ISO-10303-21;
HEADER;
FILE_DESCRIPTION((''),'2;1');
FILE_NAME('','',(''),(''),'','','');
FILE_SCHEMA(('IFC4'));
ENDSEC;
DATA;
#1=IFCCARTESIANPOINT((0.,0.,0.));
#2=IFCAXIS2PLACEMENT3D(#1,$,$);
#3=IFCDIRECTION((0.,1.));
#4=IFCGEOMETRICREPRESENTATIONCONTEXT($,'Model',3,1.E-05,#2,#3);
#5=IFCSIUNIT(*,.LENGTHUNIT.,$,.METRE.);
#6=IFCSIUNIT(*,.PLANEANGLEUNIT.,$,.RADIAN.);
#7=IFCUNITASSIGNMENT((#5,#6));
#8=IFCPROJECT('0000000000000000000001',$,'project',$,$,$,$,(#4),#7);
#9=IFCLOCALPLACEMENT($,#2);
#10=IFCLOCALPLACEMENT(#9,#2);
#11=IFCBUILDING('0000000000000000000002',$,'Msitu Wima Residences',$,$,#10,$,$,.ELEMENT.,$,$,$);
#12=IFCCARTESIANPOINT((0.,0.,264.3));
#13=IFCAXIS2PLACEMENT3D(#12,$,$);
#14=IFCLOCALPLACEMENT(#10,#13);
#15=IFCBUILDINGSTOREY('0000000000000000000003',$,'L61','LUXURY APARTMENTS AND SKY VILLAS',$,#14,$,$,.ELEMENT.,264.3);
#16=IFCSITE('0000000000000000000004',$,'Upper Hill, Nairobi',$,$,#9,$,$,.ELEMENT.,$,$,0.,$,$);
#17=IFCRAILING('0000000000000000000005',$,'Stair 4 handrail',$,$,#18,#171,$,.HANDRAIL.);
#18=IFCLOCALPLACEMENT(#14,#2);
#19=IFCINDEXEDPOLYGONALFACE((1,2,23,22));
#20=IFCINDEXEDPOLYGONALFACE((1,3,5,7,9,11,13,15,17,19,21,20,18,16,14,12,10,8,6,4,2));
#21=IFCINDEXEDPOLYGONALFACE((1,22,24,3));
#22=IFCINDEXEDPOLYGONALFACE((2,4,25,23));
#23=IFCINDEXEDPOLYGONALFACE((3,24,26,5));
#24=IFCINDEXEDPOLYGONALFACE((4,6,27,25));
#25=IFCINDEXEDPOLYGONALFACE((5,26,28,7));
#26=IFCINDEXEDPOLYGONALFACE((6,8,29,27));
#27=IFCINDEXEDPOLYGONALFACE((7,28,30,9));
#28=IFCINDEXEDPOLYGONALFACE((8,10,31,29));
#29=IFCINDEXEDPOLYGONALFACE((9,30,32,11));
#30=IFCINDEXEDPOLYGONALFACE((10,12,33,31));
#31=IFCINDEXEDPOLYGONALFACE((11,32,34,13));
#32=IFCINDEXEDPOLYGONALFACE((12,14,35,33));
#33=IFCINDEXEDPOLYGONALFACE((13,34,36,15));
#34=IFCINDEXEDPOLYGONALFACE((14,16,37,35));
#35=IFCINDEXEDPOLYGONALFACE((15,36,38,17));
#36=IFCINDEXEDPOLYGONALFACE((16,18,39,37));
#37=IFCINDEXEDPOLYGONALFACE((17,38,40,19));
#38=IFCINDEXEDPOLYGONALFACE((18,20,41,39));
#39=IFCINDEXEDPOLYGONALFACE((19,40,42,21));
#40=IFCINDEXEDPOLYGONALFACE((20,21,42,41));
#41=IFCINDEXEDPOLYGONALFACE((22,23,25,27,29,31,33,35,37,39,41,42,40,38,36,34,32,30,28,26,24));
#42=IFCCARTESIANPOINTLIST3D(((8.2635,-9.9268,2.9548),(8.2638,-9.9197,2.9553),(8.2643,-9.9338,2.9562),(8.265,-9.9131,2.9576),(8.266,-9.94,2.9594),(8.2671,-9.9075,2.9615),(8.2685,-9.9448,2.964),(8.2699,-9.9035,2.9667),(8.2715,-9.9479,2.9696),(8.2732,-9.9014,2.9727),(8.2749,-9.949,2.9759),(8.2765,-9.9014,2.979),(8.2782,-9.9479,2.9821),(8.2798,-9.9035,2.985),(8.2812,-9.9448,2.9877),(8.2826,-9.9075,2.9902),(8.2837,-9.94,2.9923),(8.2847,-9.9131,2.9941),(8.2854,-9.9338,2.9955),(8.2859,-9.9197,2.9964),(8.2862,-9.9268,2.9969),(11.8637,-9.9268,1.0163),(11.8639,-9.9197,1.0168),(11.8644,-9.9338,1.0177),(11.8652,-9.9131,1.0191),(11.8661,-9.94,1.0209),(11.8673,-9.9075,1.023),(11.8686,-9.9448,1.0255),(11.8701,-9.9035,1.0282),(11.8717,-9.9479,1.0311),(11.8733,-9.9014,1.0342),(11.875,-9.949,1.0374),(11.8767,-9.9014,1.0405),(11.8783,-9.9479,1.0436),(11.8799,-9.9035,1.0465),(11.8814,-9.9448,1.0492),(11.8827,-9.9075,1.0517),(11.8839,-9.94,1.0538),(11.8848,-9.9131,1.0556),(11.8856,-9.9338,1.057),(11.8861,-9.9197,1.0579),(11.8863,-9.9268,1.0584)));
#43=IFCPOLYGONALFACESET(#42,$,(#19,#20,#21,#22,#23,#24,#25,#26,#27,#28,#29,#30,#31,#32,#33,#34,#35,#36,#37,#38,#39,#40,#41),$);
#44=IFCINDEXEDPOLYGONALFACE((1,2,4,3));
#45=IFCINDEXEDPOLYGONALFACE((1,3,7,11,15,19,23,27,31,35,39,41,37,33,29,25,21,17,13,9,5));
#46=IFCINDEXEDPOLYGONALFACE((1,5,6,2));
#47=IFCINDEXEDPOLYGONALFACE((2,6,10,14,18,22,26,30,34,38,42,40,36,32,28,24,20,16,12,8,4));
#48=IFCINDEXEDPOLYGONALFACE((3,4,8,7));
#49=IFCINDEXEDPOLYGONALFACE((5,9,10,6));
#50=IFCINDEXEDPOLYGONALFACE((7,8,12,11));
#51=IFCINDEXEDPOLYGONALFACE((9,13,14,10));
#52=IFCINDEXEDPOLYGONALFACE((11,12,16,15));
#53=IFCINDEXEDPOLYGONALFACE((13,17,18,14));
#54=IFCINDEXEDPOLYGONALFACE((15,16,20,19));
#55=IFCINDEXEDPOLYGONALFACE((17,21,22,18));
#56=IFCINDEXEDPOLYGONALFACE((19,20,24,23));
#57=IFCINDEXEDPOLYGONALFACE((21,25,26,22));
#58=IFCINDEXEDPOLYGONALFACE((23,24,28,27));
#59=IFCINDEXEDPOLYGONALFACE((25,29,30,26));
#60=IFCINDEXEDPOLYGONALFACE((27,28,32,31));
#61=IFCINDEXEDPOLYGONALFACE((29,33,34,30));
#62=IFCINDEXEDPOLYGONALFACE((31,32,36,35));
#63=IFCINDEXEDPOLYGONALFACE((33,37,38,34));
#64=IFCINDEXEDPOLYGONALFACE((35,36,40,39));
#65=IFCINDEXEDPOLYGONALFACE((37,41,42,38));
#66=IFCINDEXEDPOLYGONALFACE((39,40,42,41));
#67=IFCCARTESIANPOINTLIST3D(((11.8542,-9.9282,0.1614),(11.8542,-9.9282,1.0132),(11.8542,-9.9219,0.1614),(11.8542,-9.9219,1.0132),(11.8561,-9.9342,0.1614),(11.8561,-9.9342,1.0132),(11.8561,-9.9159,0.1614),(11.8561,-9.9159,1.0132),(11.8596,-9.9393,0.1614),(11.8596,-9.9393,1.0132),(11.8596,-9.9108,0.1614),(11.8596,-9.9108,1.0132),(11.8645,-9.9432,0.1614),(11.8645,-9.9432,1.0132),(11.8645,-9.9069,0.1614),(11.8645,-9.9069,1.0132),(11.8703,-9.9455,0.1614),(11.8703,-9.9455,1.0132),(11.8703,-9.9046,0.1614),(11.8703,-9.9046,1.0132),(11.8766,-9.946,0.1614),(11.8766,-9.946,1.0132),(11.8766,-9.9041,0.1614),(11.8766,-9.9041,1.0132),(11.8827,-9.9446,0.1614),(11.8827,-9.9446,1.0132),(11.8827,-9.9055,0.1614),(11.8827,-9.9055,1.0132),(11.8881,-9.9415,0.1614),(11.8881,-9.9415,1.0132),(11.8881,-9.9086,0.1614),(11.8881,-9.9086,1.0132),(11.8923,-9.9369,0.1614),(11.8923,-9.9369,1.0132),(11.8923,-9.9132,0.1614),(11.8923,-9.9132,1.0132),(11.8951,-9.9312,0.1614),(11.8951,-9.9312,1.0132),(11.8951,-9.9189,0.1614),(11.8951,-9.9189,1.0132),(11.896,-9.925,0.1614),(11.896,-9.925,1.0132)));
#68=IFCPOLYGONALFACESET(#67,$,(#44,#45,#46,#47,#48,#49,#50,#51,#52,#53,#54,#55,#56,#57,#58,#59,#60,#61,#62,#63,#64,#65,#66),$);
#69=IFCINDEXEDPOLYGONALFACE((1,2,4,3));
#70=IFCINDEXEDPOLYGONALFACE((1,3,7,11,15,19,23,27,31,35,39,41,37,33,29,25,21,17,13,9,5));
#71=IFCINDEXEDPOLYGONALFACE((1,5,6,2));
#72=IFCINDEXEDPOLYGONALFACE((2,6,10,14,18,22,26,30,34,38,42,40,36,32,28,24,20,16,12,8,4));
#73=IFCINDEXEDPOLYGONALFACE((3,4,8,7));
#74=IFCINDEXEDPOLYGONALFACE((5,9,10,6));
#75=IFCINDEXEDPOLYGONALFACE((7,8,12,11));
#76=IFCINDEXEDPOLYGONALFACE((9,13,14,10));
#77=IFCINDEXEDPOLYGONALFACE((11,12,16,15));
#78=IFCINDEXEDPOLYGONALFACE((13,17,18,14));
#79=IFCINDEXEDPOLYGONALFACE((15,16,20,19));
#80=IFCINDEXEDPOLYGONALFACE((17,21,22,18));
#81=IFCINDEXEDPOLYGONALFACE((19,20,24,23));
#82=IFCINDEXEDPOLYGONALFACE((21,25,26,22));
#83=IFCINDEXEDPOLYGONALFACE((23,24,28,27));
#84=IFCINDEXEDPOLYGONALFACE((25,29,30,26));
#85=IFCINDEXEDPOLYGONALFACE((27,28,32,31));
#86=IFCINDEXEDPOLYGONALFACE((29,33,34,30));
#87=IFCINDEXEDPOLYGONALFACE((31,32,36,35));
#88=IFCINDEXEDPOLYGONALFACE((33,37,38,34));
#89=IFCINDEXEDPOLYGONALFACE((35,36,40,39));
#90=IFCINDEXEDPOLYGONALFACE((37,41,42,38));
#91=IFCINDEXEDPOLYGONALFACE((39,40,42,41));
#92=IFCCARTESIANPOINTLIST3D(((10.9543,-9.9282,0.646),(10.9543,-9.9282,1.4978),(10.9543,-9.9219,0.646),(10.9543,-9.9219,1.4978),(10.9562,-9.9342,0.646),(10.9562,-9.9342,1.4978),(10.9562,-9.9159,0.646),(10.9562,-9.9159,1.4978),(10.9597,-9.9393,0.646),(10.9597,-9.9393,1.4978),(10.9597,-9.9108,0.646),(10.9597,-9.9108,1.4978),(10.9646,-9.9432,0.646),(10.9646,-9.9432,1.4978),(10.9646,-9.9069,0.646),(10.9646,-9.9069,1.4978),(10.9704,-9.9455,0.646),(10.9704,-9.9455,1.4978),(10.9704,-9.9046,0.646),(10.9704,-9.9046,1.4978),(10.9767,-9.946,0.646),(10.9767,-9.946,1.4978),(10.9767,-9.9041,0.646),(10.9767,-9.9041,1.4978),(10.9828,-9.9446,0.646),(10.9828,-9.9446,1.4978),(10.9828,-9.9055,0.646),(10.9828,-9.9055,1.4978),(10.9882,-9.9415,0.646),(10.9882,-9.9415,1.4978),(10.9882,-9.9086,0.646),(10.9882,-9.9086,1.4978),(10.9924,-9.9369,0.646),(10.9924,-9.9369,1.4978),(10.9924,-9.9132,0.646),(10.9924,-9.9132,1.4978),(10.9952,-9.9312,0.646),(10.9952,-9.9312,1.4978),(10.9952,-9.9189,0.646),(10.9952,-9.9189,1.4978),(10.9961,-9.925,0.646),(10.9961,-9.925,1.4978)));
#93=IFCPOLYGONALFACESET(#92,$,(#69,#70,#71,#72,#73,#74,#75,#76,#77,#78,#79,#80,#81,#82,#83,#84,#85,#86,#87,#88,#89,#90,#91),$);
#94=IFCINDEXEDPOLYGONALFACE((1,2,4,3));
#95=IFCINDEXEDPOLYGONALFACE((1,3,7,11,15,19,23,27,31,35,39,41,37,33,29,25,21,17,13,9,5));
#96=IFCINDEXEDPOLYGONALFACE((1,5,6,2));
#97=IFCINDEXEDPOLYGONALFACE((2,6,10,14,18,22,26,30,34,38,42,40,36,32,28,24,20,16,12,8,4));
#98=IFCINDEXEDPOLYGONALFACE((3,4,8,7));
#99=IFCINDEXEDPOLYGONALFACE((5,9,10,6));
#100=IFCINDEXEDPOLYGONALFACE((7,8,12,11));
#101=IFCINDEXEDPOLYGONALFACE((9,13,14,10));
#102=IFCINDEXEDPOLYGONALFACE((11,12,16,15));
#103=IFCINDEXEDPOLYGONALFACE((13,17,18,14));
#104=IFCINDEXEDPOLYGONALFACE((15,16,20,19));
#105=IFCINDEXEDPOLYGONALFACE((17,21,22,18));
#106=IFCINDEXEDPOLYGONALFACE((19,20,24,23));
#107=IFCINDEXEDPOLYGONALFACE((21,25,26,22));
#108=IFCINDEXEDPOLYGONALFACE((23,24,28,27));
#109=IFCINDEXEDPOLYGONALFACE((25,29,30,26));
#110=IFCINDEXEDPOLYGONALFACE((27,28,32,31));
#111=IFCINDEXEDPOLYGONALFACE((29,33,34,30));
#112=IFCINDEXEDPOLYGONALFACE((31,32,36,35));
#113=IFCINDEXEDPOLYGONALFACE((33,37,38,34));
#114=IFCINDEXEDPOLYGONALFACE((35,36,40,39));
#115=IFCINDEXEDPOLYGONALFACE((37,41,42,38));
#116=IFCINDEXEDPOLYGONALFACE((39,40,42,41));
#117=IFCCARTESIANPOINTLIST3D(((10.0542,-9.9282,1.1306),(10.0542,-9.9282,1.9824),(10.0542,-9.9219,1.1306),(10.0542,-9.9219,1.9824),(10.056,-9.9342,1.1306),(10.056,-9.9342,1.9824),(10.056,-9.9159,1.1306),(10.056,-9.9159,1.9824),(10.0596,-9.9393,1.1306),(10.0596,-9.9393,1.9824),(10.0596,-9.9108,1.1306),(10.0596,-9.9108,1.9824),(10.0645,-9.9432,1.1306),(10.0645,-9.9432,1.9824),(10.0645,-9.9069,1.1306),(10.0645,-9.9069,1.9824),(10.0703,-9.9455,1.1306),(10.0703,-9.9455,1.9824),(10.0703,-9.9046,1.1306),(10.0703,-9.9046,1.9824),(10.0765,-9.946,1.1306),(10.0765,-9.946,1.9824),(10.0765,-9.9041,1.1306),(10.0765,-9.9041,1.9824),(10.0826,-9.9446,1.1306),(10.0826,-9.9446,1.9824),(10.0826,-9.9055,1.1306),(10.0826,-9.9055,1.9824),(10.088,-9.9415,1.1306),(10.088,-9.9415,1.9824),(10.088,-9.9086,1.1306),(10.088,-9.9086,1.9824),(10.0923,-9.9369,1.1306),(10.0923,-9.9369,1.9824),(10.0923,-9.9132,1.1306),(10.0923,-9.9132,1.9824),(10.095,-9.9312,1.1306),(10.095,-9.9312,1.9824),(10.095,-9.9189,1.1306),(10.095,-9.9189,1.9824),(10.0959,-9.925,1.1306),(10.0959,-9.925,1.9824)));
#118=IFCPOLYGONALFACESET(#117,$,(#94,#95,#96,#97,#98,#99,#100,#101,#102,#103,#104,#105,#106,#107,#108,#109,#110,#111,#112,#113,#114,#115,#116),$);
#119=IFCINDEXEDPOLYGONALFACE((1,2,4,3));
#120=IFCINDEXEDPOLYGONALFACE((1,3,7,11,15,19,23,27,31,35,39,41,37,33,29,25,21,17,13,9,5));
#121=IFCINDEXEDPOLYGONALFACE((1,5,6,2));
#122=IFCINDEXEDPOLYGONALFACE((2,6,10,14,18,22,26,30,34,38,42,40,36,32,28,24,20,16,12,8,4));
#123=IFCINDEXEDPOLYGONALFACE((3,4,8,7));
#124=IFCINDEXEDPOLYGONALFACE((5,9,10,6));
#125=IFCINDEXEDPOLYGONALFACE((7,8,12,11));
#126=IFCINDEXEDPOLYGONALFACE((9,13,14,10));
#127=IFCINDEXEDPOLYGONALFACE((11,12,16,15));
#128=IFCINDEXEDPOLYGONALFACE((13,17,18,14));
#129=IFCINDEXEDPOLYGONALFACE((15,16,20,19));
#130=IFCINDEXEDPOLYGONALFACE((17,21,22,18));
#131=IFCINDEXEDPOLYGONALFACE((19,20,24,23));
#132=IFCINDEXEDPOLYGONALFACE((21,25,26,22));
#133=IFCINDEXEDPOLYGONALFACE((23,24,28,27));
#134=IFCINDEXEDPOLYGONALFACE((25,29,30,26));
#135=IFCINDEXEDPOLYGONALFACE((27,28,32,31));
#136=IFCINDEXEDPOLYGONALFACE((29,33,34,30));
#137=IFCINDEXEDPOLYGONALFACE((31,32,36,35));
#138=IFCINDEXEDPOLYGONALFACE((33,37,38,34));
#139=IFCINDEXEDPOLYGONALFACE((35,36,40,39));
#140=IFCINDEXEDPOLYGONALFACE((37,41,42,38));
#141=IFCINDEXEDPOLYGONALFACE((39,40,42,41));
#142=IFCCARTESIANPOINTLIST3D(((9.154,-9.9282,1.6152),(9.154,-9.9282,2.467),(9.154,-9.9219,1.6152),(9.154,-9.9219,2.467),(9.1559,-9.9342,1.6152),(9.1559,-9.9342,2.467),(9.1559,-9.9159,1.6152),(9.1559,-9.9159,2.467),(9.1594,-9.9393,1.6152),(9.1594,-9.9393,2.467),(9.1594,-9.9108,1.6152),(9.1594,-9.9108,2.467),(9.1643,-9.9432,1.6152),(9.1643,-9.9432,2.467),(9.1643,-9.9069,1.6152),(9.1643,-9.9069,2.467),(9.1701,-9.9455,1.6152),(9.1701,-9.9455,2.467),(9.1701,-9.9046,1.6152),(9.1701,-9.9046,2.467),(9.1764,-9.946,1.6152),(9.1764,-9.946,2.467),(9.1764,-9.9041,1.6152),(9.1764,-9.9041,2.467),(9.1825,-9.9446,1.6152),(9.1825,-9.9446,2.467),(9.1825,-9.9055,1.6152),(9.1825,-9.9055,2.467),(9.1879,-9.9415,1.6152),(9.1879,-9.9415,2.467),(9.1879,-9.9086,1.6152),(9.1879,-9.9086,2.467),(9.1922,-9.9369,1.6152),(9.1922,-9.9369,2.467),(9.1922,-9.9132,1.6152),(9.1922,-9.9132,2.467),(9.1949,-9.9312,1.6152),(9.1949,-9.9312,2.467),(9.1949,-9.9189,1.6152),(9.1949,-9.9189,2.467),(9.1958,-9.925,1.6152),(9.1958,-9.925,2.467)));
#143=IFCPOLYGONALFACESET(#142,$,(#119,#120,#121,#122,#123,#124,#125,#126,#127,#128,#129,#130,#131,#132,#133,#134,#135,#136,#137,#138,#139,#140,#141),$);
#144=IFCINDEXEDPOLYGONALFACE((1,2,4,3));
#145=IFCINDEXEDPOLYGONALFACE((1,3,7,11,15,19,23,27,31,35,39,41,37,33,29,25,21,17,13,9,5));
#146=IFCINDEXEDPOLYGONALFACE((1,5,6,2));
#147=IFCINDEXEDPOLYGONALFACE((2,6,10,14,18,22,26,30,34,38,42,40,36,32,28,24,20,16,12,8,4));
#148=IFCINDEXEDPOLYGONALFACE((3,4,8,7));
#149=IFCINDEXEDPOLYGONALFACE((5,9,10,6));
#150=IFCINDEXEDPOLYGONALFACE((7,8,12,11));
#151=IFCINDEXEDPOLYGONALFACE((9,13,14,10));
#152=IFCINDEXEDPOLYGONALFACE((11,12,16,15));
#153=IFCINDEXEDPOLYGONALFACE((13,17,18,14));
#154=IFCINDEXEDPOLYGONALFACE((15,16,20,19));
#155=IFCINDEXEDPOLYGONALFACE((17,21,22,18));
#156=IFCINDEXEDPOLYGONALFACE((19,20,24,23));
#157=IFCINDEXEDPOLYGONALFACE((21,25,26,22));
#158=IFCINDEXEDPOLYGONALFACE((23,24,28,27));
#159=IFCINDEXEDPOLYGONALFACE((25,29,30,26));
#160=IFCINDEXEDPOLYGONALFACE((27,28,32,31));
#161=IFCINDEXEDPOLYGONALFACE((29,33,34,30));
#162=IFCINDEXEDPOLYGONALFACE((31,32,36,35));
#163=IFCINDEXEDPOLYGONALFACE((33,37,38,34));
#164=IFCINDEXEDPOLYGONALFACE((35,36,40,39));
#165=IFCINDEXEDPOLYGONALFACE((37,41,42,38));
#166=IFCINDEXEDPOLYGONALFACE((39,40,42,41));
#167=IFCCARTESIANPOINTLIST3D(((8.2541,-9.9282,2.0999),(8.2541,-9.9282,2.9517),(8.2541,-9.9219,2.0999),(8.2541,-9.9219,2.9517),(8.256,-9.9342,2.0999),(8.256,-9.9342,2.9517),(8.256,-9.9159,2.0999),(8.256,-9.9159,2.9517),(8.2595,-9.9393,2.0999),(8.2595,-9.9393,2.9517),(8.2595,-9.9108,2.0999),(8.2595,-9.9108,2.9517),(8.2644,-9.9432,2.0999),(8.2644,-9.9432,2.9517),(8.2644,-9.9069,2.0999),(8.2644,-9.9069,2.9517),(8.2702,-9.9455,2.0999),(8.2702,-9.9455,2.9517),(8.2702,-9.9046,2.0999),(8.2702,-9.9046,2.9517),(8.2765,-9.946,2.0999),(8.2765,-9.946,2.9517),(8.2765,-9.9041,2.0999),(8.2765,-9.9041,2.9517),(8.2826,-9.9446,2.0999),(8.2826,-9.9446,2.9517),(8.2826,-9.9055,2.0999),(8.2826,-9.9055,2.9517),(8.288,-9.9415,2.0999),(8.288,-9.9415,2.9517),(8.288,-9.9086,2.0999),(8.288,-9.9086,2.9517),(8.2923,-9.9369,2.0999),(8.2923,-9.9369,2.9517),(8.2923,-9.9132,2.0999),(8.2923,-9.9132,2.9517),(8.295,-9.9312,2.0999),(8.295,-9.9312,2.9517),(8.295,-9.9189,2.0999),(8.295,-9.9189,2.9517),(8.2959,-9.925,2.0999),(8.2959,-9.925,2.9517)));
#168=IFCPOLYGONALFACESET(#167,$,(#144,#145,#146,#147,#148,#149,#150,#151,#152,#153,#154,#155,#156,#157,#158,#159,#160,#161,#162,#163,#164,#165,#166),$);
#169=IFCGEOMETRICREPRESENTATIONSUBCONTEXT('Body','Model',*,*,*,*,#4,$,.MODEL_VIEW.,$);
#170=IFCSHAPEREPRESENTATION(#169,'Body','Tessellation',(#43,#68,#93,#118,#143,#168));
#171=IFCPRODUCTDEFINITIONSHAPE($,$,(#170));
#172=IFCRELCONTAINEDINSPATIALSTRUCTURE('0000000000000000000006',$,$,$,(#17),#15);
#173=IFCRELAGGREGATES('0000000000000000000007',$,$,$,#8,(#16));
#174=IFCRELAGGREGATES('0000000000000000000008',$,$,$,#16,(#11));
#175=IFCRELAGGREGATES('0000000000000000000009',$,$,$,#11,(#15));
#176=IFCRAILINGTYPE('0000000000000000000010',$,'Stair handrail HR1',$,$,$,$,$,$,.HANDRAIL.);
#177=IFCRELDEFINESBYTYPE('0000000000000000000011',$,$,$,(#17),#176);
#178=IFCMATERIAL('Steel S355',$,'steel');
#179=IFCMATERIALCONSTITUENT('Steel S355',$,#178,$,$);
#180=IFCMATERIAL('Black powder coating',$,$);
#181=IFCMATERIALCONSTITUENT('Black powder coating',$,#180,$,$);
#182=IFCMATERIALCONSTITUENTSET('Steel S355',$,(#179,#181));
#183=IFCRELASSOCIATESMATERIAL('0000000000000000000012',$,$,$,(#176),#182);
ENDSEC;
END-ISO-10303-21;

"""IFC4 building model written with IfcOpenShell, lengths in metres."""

from ifc_helpers import new_model, si_unit, direction, frame, origin, origin_2d, place, context, subcontext, project, spatial, circle, extrude, material, constituent, constituent_set, type_object, element, save


model = new_model("IFC4")

# Units and contexts
model_context = context("Model", 3, precision=1e-05, world=origin(), true_north=direction((0.0, 1.0)))
body_context = subcontext(model_context, "Body", "Model", "MODEL_VIEW")
ifc_project = project(units=[si_unit("LENGTHUNIT", "METRE"), si_unit("PLANEANGLEUNIT", "RADIAN")], contexts=[model_context])

# Site, building, storey
site_placement = place(None, origin())
site = spatial("IfcSite", under=ifc_project, at=site_placement, Name="Upper Hill, Nairobi", CompositionType="ELEMENT", RefElevation=0.0)
building_placement = place(site_placement, origin())
building = spatial("IfcBuilding", under=site, at=building_placement, Name="Msitu Wima Residences", CompositionType="ELEMENT")
storey_placement = place(building_placement, frame((0.0, 0.0, 264.3)))
storey = spatial("IfcBuildingStorey", under=building, at=storey_placement, Name="L61", Description="LUXURY APARTMENTS AND SKY VILLAS", CompositionType="ELEMENT", Elevation=264.3)

# Railing
ifc_material_1 = material(Name="Steel S355", Category="steel")
ifc_constituent_1 = constituent(ifc_material_1, Name="Steel S355")
ifc_material_2 = material(Name="Black powder coating")
ifc_constituent_2 = constituent(ifc_material_2, Name="Black powder coating")
ifc_constituent_set = constituent_set(constituents=[ifc_constituent_1, ifc_constituent_2], Name="Steel S355")
railing_type = type_object("IfcRailingType", Name="Stair handrail HR1", PredefinedType="HANDRAIL", material=ifc_constituent_set)
for number, where, name in (
    (1, (11.875, -9.925, 0.1614), "Stair 4 handrail"),
):
    element("IfcRailing", number, at=place(storey_placement, frame(where)), inside=storey, type_object=railing_type, Name=name, PredefinedType="HANDRAIL", context=body_context, shape_type="SweptSolid", body=[
        extrude(circle(Radius=0.0239, at=origin_2d()), frame((0.0, 0.0, 0.876), z_axis=(-0.880475, 0.0, 0.474093), x_axis=(0.0, -1.0, 0.0)), (0.0, 0.0, 1.0), 4.0889),
        extrude(circle(Radius=0.021, at=origin_2d()), origin(), (0.0, 0.0, 1.0), 0.8518),
        extrude(circle(Radius=0.021, at=origin_2d()), frame((-0.8999, 0.0, 0.4846)), (0.0, 0.0, 1.0), 0.8518),
        extrude(circle(Radius=0.021, at=origin_2d()), frame((-1.8, 0.0, 0.9692)), (0.0, 0.0, 1.0), 0.8518),
        extrude(circle(Radius=0.021, at=origin_2d()), frame((-2.7002, 0.0, 1.4539)), (0.0, 0.0, 1.0), 0.8518),
        extrude(circle(Radius=0.021, at=origin_2d()), frame((-3.6001, 0.0, 1.9385)), (0.0, 0.0, 1.0), 0.8518),
    ])

save(model, "model.ifc")
